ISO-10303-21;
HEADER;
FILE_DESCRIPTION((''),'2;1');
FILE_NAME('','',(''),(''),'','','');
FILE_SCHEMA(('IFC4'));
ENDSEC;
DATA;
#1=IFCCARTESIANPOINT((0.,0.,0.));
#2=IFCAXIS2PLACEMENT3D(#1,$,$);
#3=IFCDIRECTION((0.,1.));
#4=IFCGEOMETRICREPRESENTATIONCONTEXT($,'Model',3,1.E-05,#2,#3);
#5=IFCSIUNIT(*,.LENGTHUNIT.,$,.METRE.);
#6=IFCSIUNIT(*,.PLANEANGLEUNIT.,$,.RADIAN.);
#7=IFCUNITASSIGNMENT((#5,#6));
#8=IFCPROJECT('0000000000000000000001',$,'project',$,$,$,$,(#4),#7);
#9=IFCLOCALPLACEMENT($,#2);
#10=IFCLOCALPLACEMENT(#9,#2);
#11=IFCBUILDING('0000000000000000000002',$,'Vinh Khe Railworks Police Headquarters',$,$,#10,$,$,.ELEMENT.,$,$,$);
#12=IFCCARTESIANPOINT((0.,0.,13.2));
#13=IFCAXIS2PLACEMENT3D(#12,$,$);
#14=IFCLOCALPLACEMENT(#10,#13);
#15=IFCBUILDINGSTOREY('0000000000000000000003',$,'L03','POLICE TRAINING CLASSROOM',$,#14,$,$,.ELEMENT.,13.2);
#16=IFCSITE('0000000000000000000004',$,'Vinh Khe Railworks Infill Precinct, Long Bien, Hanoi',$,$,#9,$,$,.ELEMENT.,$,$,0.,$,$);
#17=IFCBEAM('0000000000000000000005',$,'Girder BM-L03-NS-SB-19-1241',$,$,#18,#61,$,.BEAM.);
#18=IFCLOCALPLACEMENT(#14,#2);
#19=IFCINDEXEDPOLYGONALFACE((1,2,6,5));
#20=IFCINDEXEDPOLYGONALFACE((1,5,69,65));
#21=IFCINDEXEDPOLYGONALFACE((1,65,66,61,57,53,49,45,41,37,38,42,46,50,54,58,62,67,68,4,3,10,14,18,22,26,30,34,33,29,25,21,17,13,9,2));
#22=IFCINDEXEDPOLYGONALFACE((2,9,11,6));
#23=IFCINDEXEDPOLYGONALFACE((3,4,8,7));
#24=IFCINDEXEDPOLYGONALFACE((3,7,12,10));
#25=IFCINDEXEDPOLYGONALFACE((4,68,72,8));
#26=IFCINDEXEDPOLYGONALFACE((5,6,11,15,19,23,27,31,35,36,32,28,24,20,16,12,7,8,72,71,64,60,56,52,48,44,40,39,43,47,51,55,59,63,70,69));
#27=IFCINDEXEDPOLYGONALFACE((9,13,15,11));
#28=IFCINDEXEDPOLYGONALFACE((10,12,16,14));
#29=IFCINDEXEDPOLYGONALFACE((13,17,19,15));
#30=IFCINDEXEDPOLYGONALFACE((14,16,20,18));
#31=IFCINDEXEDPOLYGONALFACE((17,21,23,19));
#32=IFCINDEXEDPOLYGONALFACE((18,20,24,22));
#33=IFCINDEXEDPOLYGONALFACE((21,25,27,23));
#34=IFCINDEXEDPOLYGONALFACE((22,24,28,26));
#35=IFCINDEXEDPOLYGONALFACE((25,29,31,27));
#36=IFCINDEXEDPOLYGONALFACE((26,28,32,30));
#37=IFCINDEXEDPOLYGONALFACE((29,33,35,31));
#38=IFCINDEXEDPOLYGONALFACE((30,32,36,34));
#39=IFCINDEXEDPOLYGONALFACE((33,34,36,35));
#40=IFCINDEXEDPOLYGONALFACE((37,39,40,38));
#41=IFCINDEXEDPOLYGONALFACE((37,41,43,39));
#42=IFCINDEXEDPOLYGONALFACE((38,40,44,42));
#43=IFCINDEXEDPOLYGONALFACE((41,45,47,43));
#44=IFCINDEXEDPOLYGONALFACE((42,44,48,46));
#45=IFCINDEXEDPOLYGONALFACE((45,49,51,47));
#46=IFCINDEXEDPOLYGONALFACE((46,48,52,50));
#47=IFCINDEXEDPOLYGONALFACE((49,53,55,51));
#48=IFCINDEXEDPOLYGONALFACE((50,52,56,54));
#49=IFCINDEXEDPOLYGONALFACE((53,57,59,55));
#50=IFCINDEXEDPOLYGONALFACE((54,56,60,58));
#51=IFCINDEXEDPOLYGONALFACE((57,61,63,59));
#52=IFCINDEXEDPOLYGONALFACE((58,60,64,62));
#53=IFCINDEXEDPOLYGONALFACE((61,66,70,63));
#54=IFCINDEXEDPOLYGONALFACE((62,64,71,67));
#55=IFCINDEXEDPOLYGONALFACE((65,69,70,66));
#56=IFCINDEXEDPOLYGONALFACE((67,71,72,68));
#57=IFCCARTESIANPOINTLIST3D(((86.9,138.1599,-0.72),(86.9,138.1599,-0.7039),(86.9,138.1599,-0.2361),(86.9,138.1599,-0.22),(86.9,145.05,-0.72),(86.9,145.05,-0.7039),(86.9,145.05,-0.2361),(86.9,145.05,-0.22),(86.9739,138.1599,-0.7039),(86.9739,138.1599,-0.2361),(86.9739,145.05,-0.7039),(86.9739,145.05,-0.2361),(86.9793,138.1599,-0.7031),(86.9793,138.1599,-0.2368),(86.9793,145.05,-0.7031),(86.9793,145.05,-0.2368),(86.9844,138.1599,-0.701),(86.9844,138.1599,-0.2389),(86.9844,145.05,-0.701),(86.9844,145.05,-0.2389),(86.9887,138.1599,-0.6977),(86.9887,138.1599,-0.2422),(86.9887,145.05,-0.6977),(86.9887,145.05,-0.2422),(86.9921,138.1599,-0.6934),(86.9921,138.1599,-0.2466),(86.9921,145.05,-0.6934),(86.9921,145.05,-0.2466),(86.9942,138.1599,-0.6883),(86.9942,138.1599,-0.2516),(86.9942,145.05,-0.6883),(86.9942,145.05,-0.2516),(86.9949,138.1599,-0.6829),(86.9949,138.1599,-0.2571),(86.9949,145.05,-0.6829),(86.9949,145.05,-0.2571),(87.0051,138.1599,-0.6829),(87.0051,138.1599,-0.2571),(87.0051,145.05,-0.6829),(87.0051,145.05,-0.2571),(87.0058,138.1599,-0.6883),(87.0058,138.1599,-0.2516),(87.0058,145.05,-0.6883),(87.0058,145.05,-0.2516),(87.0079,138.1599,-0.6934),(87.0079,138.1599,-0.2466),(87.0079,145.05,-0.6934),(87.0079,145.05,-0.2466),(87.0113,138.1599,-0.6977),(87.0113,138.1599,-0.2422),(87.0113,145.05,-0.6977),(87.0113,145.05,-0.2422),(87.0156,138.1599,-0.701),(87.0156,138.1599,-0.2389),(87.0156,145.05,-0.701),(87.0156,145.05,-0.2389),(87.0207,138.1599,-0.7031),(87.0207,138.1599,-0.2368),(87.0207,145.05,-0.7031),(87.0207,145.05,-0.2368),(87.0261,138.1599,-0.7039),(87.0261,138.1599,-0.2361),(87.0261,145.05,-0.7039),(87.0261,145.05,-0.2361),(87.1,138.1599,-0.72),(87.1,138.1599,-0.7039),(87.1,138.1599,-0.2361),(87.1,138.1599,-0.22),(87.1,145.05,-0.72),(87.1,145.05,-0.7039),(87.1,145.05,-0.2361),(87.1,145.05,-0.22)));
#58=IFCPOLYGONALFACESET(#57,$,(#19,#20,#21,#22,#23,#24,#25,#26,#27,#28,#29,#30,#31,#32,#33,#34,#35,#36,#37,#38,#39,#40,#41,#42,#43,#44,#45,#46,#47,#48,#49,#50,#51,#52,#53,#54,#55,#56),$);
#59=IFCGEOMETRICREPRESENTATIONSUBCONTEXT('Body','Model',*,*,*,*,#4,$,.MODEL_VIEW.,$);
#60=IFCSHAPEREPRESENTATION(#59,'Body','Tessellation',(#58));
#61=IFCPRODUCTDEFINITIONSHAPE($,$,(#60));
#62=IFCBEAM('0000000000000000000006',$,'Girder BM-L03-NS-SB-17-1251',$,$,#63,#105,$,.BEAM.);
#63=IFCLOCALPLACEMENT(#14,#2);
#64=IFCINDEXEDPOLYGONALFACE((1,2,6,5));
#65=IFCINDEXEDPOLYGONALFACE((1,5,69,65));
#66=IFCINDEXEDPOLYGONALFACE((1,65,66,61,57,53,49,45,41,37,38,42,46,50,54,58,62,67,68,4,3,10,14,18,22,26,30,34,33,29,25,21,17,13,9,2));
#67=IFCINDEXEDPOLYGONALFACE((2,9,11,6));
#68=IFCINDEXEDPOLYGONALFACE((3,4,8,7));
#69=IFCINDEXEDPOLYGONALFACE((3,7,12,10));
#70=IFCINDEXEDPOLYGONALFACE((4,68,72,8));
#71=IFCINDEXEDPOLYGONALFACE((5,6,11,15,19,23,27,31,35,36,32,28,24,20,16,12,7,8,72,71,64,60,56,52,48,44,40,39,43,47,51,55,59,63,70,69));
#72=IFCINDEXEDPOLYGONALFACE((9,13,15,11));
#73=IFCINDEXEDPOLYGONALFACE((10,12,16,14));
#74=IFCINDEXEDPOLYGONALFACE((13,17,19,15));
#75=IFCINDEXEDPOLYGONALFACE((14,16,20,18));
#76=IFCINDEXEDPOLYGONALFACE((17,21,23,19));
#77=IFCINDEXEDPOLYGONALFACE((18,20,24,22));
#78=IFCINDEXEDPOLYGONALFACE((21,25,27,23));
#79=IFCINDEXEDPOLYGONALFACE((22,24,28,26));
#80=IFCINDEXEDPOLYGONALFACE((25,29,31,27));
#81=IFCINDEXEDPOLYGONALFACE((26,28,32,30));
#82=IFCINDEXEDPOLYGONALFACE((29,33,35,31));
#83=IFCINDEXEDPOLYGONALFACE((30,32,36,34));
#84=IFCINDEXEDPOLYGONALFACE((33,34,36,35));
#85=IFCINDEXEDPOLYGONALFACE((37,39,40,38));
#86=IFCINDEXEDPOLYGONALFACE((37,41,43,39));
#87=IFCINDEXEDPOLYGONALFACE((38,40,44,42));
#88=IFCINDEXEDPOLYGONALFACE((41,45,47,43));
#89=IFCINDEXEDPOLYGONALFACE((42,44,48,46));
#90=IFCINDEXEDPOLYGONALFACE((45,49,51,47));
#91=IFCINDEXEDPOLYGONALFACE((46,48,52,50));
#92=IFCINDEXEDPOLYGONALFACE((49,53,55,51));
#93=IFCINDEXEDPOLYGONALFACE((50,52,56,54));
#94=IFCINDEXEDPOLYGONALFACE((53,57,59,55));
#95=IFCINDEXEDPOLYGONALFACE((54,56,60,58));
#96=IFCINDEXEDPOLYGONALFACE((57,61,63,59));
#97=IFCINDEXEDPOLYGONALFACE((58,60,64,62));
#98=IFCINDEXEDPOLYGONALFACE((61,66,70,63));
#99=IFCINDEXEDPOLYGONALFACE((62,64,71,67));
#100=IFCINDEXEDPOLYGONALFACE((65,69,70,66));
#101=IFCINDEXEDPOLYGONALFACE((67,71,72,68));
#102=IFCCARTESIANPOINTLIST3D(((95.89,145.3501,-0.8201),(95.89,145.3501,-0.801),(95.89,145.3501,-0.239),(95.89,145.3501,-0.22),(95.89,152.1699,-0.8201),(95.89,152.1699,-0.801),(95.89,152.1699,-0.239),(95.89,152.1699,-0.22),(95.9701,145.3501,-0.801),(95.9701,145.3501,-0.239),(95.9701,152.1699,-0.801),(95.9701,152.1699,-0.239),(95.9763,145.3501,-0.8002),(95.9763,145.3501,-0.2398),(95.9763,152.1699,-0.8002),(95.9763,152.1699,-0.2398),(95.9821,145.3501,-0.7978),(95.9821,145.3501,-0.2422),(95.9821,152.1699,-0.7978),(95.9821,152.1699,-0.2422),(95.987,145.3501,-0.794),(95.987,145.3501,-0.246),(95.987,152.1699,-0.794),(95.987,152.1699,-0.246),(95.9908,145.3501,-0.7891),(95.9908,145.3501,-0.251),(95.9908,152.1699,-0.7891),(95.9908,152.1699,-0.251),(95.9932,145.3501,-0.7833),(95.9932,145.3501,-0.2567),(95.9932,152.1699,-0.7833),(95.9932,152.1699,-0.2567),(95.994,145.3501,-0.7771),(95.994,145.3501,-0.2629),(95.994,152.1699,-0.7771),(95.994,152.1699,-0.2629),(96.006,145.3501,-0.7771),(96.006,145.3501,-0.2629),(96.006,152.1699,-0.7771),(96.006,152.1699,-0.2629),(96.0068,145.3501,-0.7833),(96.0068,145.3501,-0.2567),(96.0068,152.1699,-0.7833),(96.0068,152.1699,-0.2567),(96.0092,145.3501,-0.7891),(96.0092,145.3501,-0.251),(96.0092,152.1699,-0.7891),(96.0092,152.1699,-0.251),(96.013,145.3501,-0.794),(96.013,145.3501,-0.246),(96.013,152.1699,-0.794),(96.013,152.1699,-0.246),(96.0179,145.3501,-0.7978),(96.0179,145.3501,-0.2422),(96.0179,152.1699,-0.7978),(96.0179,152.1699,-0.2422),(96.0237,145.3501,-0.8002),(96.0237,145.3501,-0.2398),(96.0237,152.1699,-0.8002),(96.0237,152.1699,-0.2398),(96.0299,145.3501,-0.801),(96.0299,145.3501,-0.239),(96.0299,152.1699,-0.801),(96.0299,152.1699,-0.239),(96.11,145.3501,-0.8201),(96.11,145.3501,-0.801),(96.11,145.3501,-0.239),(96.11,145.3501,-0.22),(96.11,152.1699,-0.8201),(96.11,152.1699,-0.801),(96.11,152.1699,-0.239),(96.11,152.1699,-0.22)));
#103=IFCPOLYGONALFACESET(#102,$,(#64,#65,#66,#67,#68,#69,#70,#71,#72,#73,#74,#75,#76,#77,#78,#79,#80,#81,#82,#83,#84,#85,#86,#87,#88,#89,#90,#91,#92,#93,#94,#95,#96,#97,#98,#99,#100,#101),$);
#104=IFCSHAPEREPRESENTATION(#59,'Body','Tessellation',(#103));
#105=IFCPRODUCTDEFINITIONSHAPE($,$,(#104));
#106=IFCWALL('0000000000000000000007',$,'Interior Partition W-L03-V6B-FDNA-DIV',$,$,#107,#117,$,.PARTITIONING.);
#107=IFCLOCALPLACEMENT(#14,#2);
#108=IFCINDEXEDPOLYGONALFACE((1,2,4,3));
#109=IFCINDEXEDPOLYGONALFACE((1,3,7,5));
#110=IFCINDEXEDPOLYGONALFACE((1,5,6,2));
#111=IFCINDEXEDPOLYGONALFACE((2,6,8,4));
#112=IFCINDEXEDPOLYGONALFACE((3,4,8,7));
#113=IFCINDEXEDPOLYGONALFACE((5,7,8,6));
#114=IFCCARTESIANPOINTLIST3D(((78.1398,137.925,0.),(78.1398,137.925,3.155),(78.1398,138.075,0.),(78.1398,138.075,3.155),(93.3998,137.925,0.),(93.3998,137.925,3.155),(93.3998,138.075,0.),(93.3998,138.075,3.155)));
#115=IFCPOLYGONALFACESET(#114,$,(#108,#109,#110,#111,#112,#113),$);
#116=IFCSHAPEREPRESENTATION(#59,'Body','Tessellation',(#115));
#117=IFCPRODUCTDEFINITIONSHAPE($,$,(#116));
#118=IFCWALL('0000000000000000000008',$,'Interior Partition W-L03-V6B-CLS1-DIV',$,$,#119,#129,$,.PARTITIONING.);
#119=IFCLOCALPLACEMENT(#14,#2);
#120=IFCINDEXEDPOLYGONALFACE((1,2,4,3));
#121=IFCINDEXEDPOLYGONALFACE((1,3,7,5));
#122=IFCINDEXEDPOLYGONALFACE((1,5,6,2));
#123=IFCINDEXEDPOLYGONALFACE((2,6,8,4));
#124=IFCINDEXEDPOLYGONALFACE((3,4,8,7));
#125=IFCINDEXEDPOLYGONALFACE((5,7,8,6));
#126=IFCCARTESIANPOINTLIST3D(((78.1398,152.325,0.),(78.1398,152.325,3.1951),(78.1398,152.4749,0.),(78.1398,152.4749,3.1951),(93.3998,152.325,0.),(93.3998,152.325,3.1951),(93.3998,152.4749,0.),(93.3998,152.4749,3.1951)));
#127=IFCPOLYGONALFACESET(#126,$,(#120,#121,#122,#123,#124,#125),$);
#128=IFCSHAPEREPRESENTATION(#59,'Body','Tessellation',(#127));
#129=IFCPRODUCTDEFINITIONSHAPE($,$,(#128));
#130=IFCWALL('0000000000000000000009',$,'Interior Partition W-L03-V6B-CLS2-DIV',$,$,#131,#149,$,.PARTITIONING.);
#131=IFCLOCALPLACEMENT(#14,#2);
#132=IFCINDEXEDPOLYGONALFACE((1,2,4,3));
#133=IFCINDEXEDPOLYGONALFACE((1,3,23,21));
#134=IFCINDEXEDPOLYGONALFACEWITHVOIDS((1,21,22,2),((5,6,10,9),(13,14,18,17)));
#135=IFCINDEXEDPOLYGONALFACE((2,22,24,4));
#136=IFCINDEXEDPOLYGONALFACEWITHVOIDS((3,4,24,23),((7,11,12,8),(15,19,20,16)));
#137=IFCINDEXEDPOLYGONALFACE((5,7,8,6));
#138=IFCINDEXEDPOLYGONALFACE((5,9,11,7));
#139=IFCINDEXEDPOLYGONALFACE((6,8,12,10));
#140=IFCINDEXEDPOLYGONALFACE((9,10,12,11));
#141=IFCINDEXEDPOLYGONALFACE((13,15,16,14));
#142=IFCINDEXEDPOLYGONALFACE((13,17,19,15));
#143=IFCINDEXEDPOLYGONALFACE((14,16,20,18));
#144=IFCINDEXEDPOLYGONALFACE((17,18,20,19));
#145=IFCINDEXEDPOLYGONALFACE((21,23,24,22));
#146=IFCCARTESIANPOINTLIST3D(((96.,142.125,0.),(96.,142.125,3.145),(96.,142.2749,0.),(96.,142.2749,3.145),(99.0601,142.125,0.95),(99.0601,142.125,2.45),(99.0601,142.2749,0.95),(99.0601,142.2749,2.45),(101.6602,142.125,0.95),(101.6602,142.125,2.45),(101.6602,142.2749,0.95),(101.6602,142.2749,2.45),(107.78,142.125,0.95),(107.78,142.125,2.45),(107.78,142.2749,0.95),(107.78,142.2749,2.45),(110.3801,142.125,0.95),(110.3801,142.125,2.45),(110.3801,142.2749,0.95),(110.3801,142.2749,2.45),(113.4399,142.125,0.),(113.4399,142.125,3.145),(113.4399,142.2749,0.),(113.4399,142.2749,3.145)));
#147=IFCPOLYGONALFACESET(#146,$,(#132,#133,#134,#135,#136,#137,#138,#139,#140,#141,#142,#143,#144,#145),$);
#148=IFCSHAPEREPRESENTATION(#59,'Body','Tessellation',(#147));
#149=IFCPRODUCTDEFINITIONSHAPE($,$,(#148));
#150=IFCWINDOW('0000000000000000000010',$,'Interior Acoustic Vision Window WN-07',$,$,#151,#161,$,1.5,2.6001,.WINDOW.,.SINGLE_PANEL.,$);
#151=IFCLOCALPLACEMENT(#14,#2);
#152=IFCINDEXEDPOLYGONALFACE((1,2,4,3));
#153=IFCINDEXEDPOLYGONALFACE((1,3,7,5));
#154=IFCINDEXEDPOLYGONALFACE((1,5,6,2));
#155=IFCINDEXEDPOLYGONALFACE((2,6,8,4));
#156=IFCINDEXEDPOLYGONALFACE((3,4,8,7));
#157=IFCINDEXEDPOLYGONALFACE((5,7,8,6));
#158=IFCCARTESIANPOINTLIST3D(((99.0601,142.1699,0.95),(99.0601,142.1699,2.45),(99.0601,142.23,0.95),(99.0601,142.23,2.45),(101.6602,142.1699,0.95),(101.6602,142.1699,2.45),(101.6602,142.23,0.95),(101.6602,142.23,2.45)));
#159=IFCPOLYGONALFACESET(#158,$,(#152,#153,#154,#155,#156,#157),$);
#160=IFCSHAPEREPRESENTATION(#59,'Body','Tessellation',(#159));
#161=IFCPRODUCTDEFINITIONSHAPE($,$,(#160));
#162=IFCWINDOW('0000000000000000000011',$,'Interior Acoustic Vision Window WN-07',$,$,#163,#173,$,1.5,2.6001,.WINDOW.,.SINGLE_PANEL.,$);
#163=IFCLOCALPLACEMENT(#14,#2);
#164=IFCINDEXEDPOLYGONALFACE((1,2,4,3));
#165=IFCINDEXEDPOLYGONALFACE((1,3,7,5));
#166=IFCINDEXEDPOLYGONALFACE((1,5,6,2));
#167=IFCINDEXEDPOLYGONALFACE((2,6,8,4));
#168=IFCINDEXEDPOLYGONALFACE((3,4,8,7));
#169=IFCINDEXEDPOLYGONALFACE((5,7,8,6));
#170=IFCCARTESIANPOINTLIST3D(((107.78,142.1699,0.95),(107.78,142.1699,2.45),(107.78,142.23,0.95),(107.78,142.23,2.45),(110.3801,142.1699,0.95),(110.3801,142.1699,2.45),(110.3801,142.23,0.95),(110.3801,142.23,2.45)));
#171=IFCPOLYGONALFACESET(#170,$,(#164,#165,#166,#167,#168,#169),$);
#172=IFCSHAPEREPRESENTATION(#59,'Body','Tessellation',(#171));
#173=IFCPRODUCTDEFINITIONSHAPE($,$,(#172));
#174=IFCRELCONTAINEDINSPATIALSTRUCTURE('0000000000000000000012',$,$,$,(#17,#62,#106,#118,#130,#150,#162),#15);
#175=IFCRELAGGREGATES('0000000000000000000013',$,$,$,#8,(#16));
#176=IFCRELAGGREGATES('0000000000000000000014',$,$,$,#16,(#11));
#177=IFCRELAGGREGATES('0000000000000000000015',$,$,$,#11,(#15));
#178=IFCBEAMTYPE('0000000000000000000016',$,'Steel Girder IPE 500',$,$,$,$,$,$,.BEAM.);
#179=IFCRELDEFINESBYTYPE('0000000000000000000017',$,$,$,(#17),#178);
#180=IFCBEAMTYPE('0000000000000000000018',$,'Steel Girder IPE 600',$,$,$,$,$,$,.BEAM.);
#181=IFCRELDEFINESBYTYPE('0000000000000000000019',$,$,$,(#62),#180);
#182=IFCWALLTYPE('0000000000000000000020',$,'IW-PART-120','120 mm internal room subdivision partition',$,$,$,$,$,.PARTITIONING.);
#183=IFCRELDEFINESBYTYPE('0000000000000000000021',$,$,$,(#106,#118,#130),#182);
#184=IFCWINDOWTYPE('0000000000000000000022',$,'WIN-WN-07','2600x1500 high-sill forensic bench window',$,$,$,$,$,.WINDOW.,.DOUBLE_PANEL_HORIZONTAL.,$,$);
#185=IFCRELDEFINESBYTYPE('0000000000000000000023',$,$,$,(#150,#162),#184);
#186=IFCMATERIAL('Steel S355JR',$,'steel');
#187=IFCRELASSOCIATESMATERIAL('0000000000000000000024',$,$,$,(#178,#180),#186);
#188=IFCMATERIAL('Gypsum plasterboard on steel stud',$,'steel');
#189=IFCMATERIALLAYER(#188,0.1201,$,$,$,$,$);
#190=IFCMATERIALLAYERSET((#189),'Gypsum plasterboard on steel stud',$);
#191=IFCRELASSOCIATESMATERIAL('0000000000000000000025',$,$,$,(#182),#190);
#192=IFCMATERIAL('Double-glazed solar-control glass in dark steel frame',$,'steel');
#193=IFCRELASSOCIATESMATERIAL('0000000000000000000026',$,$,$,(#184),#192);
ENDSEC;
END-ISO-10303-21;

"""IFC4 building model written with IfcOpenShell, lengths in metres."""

from ifc_helpers import new_model, si_unit, direction, frame, frame_2d, origin, origin_2d, place, context, subcontext, project, spatial, rectangle, i_section, extrude, material, layer, layer_set, material_profile, profile_set, type_object, element, fill, save


model = new_model("IFC4")

# Units and contexts
model_context = context("Model", 3, precision=1e-05, world=origin(), true_north=direction((0.0, 1.0)))
body_context = subcontext(model_context, "Body", "Model", "MODEL_VIEW")
ifc_project = project(units=[si_unit("LENGTHUNIT", "METRE"), si_unit("PLANEANGLEUNIT", "RADIAN")], contexts=[model_context])

# Site, building, storey
site_placement = place(None, origin())
site = spatial("IfcSite", under=ifc_project, at=site_placement, Name="Vinh Khe Railworks Infill Precinct, Long Bien, Hanoi", CompositionType="ELEMENT", RefElevation=0.0)
building_placement = place(site_placement, origin())
building = spatial("IfcBuilding", under=site, at=building_placement, Name="Vinh Khe Railworks Police Headquarters", CompositionType="ELEMENT")
storey_placement = place(building_placement, frame((0.0, 0.0, 13.2)))
storey = spatial("IfcBuildingStorey", under=building, at=storey_placement, Name="L03", Description="POLICE TRAINING CLASSROOM", CompositionType="ELEMENT", Elevation=13.2)

# Shared definitions
ifc_material_1 = material(Name="Steel S355JR", Category="steel")

# Beams
ifc_material_profile_1 = material_profile(ifc_material_1, i_section(OverallWidth=0.2, OverallDepth=0.5, WebThickness=0.0103, FlangeThickness=0.0161, FilletRadius=0.021, at=origin_2d()), Name="IPE 500")
ifc_profile_set_1 = profile_set([ifc_material_profile_1], Name="Steel S355JR")
beam_type_1 = type_object("IfcBeamType", Name="Steel Girder IPE 500", PredefinedType="BEAM", material=ifc_profile_set_1)
beam_1_placement = place(storey_placement, frame((87.0, 138.1599, -0.47), z_axis=(0.0, 1.0, 0.0), x_axis=(-1.0, 0.0, 0.0)))
element("IfcBeam", 1, at=beam_1_placement, inside=storey, type_object=beam_type_1, Name="Girder BM-L03-NS-SB-19-1241", PredefinedType="BEAM", context=body_context, shape_type="SweptSolid", body=[
    extrude(i_section(OverallWidth=0.2, OverallDepth=0.5, WebThickness=0.0103, FlangeThickness=0.0161, FilletRadius=0.021, at=origin_2d()), origin(), (0.0, 0.0, 1.0), 6.8901),
])
ifc_material_profile_2 = material_profile(ifc_material_1, i_section(OverallWidth=0.22, OverallDepth=0.6001, WebThickness=0.012, FlangeThickness=0.019, FilletRadius=0.0239, at=origin_2d()), Name="IPE 600")
ifc_profile_set_2 = profile_set([ifc_material_profile_2], Name="Steel S355JR")
beam_type_2 = type_object("IfcBeamType", Name="Steel Girder IPE 600", PredefinedType="BEAM", material=ifc_profile_set_2)
beam_2_placement = place(storey_placement, frame((96.0, 145.3501, -0.52), z_axis=(0.0, 1.0, 0.0), x_axis=(-1.0, 0.0, 0.0)))
element("IfcBeam", 2, at=beam_2_placement, inside=storey, type_object=beam_type_2, Name="Girder BM-L03-NS-SB-17-1251", PredefinedType="BEAM", context=body_context, shape_type="SweptSolid", body=[
    extrude(i_section(OverallWidth=0.22, OverallDepth=0.6001, WebThickness=0.012, FlangeThickness=0.019, FilletRadius=0.0239, at=origin_2d()), origin(), (0.0, 0.0, 1.0), 6.8198),
])

# Walls
ifc_material_2 = material(Name="Gypsum plasterboard on steel stud", Category="steel")
ifc_layer_1 = layer(ifc_material_2, 0.1201)
ifc_layer_set_1 = layer_set([ifc_layer_1], Name="Gypsum plasterboard on steel stud")
wall_type_1 = type_object("IfcWallType", Name="IW-PART-120", Description="120 mm internal room subdivision partition", PredefinedType="PARTITIONING", material=ifc_layer_set_1)
wall_1_placement = place(storey_placement, frame((78.1399, 138.0, 0.0), z_axis=(0.0, 0.0, 1.0), x_axis=(1.0, 0.0, 0.0)))
element("IfcWall", 3, at=wall_1_placement, inside=storey, type_object=wall_type_1, Name="Interior Partition W-L03-V6B-FDNA-DIV", PredefinedType="PARTITIONING", context=body_context, shape_type="SweptSolid", body=[
    extrude(rectangle(XDim=15.26, YDim=0.1499, at=frame_2d((7.6299, 0.0))), origin(), (0.0, 0.0, 1.0), 3.155),
])
wall_2_placement = place(storey_placement, frame((78.1399, 152.3999, 0.0), z_axis=(0.0, 0.0, 1.0), x_axis=(1.0, 0.0, 0.0)))
element("IfcWall", 4, at=wall_2_placement, inside=storey, type_object=wall_type_1, Name="Interior Partition W-L03-V6B-CLS1-DIV", PredefinedType="PARTITIONING", context=body_context, shape_type="SweptSolid", body=[
    extrude(rectangle(XDim=15.26, YDim=0.1499, at=frame_2d((7.6299, 0.0))), origin(), (0.0, 0.0, 1.0), 3.1951),
])

# Wall, openings, windows
wall_3_placement = place(storey_placement, frame((96.0, 142.2, 0.0), z_axis=(0.0, 0.0, 1.0), x_axis=(1.0, 0.0, 0.0)))
wall_3 = element("IfcWall", 5, at=wall_3_placement, inside=storey, type_object=wall_type_1, Name="Interior Partition W-L03-V6B-CLS2-DIV", PredefinedType="PARTITIONING", context=body_context, shape_type="SweptSolid", body=[
    extrude(rectangle(XDim=17.4399, YDim=0.1499, at=frame_2d((8.72, 0.0))), origin(), (0.0, 0.0, 1.0), 3.145),
])
opening_1_placement = place(wall_3_placement, frame((3.0601, 0.0, 0.95)))
opening_1 = element("IfcOpeningElement", 6, at=opening_1_placement, cuts=wall_3, PredefinedType="OPENING", context=body_context, shape_type="SweptSolid", body=[
    extrude(rectangle(XDim=2.6001, YDim=1.5, at=frame_2d((1.3, 0.75))), frame((0.0, 0.0898, 0.0), z_axis=(0.0, -1.0, 0.0), x_axis=(1.0, 0.0, 0.0)), (0.0, 0.0, 1.0), 0.1797),
])
opening_2_placement = place(wall_3_placement, frame((11.78, 0.0, 0.95)))
opening_2 = element("IfcOpeningElement", 7, at=opening_2_placement, cuts=wall_3, PredefinedType="OPENING", context=body_context, shape_type="SweptSolid", body=[
    extrude(rectangle(XDim=2.6001, YDim=1.5, at=frame_2d((1.3, 0.75))), frame((0.0, 0.0898, 0.0), z_axis=(0.0, -1.0, 0.0), x_axis=(1.0, 0.0, 0.0)), (0.0, 0.0, 1.0), 0.1797),
])
ifc_material_3 = material(Name="Double-glazed solar-control glass in dark steel frame", Category="steel")
window_type = type_object("IfcWindowType", Name="WIN-WN-07", Description="2600x1500 high-sill forensic bench window", PartitioningType="DOUBLE_PANEL_HORIZONTAL", PredefinedType="WINDOW", material=ifc_material_3)
window_1_placement = place(opening_1_placement, origin())
window_1 = element("IfcWindow", 8, at=window_1_placement, inside=storey, type_object=window_type, Name="Interior Acoustic Vision Window WN-07", OverallHeight=1.5, OverallWidth=2.6001, PartitioningType="SINGLE_PANEL", PredefinedType="WINDOW", context=body_context, shape_type="SweptSolid", body=[
    extrude(rectangle(XDim=2.6001, YDim=1.5, at=frame_2d((1.3, 0.75))), frame((0.0, 0.03, 0.0), z_axis=(0.0, -1.0, 0.0), x_axis=(1.0, 0.0, 0.0)), (0.0, 0.0, 1.0), 0.0601),
])
fill(opening_1, window_1)
window_2_placement = place(opening_2_placement, origin())
window_2 = element("IfcWindow", 9, at=window_2_placement, inside=storey, type_object=window_type, Name="Interior Acoustic Vision Window WN-07", OverallHeight=1.5, OverallWidth=2.6001, PartitioningType="SINGLE_PANEL", PredefinedType="WINDOW", context=body_context, shape_type="SweptSolid", body=[
    extrude(rectangle(XDim=2.6001, YDim=1.5, at=frame_2d((1.3, 0.75))), frame((0.0, 0.03, 0.0), z_axis=(0.0, -1.0, 0.0), x_axis=(1.0, 0.0, 0.0)), (0.0, 0.0, 1.0), 0.0601),
])
fill(opening_2, window_2)

save(model, "model.ifc")
